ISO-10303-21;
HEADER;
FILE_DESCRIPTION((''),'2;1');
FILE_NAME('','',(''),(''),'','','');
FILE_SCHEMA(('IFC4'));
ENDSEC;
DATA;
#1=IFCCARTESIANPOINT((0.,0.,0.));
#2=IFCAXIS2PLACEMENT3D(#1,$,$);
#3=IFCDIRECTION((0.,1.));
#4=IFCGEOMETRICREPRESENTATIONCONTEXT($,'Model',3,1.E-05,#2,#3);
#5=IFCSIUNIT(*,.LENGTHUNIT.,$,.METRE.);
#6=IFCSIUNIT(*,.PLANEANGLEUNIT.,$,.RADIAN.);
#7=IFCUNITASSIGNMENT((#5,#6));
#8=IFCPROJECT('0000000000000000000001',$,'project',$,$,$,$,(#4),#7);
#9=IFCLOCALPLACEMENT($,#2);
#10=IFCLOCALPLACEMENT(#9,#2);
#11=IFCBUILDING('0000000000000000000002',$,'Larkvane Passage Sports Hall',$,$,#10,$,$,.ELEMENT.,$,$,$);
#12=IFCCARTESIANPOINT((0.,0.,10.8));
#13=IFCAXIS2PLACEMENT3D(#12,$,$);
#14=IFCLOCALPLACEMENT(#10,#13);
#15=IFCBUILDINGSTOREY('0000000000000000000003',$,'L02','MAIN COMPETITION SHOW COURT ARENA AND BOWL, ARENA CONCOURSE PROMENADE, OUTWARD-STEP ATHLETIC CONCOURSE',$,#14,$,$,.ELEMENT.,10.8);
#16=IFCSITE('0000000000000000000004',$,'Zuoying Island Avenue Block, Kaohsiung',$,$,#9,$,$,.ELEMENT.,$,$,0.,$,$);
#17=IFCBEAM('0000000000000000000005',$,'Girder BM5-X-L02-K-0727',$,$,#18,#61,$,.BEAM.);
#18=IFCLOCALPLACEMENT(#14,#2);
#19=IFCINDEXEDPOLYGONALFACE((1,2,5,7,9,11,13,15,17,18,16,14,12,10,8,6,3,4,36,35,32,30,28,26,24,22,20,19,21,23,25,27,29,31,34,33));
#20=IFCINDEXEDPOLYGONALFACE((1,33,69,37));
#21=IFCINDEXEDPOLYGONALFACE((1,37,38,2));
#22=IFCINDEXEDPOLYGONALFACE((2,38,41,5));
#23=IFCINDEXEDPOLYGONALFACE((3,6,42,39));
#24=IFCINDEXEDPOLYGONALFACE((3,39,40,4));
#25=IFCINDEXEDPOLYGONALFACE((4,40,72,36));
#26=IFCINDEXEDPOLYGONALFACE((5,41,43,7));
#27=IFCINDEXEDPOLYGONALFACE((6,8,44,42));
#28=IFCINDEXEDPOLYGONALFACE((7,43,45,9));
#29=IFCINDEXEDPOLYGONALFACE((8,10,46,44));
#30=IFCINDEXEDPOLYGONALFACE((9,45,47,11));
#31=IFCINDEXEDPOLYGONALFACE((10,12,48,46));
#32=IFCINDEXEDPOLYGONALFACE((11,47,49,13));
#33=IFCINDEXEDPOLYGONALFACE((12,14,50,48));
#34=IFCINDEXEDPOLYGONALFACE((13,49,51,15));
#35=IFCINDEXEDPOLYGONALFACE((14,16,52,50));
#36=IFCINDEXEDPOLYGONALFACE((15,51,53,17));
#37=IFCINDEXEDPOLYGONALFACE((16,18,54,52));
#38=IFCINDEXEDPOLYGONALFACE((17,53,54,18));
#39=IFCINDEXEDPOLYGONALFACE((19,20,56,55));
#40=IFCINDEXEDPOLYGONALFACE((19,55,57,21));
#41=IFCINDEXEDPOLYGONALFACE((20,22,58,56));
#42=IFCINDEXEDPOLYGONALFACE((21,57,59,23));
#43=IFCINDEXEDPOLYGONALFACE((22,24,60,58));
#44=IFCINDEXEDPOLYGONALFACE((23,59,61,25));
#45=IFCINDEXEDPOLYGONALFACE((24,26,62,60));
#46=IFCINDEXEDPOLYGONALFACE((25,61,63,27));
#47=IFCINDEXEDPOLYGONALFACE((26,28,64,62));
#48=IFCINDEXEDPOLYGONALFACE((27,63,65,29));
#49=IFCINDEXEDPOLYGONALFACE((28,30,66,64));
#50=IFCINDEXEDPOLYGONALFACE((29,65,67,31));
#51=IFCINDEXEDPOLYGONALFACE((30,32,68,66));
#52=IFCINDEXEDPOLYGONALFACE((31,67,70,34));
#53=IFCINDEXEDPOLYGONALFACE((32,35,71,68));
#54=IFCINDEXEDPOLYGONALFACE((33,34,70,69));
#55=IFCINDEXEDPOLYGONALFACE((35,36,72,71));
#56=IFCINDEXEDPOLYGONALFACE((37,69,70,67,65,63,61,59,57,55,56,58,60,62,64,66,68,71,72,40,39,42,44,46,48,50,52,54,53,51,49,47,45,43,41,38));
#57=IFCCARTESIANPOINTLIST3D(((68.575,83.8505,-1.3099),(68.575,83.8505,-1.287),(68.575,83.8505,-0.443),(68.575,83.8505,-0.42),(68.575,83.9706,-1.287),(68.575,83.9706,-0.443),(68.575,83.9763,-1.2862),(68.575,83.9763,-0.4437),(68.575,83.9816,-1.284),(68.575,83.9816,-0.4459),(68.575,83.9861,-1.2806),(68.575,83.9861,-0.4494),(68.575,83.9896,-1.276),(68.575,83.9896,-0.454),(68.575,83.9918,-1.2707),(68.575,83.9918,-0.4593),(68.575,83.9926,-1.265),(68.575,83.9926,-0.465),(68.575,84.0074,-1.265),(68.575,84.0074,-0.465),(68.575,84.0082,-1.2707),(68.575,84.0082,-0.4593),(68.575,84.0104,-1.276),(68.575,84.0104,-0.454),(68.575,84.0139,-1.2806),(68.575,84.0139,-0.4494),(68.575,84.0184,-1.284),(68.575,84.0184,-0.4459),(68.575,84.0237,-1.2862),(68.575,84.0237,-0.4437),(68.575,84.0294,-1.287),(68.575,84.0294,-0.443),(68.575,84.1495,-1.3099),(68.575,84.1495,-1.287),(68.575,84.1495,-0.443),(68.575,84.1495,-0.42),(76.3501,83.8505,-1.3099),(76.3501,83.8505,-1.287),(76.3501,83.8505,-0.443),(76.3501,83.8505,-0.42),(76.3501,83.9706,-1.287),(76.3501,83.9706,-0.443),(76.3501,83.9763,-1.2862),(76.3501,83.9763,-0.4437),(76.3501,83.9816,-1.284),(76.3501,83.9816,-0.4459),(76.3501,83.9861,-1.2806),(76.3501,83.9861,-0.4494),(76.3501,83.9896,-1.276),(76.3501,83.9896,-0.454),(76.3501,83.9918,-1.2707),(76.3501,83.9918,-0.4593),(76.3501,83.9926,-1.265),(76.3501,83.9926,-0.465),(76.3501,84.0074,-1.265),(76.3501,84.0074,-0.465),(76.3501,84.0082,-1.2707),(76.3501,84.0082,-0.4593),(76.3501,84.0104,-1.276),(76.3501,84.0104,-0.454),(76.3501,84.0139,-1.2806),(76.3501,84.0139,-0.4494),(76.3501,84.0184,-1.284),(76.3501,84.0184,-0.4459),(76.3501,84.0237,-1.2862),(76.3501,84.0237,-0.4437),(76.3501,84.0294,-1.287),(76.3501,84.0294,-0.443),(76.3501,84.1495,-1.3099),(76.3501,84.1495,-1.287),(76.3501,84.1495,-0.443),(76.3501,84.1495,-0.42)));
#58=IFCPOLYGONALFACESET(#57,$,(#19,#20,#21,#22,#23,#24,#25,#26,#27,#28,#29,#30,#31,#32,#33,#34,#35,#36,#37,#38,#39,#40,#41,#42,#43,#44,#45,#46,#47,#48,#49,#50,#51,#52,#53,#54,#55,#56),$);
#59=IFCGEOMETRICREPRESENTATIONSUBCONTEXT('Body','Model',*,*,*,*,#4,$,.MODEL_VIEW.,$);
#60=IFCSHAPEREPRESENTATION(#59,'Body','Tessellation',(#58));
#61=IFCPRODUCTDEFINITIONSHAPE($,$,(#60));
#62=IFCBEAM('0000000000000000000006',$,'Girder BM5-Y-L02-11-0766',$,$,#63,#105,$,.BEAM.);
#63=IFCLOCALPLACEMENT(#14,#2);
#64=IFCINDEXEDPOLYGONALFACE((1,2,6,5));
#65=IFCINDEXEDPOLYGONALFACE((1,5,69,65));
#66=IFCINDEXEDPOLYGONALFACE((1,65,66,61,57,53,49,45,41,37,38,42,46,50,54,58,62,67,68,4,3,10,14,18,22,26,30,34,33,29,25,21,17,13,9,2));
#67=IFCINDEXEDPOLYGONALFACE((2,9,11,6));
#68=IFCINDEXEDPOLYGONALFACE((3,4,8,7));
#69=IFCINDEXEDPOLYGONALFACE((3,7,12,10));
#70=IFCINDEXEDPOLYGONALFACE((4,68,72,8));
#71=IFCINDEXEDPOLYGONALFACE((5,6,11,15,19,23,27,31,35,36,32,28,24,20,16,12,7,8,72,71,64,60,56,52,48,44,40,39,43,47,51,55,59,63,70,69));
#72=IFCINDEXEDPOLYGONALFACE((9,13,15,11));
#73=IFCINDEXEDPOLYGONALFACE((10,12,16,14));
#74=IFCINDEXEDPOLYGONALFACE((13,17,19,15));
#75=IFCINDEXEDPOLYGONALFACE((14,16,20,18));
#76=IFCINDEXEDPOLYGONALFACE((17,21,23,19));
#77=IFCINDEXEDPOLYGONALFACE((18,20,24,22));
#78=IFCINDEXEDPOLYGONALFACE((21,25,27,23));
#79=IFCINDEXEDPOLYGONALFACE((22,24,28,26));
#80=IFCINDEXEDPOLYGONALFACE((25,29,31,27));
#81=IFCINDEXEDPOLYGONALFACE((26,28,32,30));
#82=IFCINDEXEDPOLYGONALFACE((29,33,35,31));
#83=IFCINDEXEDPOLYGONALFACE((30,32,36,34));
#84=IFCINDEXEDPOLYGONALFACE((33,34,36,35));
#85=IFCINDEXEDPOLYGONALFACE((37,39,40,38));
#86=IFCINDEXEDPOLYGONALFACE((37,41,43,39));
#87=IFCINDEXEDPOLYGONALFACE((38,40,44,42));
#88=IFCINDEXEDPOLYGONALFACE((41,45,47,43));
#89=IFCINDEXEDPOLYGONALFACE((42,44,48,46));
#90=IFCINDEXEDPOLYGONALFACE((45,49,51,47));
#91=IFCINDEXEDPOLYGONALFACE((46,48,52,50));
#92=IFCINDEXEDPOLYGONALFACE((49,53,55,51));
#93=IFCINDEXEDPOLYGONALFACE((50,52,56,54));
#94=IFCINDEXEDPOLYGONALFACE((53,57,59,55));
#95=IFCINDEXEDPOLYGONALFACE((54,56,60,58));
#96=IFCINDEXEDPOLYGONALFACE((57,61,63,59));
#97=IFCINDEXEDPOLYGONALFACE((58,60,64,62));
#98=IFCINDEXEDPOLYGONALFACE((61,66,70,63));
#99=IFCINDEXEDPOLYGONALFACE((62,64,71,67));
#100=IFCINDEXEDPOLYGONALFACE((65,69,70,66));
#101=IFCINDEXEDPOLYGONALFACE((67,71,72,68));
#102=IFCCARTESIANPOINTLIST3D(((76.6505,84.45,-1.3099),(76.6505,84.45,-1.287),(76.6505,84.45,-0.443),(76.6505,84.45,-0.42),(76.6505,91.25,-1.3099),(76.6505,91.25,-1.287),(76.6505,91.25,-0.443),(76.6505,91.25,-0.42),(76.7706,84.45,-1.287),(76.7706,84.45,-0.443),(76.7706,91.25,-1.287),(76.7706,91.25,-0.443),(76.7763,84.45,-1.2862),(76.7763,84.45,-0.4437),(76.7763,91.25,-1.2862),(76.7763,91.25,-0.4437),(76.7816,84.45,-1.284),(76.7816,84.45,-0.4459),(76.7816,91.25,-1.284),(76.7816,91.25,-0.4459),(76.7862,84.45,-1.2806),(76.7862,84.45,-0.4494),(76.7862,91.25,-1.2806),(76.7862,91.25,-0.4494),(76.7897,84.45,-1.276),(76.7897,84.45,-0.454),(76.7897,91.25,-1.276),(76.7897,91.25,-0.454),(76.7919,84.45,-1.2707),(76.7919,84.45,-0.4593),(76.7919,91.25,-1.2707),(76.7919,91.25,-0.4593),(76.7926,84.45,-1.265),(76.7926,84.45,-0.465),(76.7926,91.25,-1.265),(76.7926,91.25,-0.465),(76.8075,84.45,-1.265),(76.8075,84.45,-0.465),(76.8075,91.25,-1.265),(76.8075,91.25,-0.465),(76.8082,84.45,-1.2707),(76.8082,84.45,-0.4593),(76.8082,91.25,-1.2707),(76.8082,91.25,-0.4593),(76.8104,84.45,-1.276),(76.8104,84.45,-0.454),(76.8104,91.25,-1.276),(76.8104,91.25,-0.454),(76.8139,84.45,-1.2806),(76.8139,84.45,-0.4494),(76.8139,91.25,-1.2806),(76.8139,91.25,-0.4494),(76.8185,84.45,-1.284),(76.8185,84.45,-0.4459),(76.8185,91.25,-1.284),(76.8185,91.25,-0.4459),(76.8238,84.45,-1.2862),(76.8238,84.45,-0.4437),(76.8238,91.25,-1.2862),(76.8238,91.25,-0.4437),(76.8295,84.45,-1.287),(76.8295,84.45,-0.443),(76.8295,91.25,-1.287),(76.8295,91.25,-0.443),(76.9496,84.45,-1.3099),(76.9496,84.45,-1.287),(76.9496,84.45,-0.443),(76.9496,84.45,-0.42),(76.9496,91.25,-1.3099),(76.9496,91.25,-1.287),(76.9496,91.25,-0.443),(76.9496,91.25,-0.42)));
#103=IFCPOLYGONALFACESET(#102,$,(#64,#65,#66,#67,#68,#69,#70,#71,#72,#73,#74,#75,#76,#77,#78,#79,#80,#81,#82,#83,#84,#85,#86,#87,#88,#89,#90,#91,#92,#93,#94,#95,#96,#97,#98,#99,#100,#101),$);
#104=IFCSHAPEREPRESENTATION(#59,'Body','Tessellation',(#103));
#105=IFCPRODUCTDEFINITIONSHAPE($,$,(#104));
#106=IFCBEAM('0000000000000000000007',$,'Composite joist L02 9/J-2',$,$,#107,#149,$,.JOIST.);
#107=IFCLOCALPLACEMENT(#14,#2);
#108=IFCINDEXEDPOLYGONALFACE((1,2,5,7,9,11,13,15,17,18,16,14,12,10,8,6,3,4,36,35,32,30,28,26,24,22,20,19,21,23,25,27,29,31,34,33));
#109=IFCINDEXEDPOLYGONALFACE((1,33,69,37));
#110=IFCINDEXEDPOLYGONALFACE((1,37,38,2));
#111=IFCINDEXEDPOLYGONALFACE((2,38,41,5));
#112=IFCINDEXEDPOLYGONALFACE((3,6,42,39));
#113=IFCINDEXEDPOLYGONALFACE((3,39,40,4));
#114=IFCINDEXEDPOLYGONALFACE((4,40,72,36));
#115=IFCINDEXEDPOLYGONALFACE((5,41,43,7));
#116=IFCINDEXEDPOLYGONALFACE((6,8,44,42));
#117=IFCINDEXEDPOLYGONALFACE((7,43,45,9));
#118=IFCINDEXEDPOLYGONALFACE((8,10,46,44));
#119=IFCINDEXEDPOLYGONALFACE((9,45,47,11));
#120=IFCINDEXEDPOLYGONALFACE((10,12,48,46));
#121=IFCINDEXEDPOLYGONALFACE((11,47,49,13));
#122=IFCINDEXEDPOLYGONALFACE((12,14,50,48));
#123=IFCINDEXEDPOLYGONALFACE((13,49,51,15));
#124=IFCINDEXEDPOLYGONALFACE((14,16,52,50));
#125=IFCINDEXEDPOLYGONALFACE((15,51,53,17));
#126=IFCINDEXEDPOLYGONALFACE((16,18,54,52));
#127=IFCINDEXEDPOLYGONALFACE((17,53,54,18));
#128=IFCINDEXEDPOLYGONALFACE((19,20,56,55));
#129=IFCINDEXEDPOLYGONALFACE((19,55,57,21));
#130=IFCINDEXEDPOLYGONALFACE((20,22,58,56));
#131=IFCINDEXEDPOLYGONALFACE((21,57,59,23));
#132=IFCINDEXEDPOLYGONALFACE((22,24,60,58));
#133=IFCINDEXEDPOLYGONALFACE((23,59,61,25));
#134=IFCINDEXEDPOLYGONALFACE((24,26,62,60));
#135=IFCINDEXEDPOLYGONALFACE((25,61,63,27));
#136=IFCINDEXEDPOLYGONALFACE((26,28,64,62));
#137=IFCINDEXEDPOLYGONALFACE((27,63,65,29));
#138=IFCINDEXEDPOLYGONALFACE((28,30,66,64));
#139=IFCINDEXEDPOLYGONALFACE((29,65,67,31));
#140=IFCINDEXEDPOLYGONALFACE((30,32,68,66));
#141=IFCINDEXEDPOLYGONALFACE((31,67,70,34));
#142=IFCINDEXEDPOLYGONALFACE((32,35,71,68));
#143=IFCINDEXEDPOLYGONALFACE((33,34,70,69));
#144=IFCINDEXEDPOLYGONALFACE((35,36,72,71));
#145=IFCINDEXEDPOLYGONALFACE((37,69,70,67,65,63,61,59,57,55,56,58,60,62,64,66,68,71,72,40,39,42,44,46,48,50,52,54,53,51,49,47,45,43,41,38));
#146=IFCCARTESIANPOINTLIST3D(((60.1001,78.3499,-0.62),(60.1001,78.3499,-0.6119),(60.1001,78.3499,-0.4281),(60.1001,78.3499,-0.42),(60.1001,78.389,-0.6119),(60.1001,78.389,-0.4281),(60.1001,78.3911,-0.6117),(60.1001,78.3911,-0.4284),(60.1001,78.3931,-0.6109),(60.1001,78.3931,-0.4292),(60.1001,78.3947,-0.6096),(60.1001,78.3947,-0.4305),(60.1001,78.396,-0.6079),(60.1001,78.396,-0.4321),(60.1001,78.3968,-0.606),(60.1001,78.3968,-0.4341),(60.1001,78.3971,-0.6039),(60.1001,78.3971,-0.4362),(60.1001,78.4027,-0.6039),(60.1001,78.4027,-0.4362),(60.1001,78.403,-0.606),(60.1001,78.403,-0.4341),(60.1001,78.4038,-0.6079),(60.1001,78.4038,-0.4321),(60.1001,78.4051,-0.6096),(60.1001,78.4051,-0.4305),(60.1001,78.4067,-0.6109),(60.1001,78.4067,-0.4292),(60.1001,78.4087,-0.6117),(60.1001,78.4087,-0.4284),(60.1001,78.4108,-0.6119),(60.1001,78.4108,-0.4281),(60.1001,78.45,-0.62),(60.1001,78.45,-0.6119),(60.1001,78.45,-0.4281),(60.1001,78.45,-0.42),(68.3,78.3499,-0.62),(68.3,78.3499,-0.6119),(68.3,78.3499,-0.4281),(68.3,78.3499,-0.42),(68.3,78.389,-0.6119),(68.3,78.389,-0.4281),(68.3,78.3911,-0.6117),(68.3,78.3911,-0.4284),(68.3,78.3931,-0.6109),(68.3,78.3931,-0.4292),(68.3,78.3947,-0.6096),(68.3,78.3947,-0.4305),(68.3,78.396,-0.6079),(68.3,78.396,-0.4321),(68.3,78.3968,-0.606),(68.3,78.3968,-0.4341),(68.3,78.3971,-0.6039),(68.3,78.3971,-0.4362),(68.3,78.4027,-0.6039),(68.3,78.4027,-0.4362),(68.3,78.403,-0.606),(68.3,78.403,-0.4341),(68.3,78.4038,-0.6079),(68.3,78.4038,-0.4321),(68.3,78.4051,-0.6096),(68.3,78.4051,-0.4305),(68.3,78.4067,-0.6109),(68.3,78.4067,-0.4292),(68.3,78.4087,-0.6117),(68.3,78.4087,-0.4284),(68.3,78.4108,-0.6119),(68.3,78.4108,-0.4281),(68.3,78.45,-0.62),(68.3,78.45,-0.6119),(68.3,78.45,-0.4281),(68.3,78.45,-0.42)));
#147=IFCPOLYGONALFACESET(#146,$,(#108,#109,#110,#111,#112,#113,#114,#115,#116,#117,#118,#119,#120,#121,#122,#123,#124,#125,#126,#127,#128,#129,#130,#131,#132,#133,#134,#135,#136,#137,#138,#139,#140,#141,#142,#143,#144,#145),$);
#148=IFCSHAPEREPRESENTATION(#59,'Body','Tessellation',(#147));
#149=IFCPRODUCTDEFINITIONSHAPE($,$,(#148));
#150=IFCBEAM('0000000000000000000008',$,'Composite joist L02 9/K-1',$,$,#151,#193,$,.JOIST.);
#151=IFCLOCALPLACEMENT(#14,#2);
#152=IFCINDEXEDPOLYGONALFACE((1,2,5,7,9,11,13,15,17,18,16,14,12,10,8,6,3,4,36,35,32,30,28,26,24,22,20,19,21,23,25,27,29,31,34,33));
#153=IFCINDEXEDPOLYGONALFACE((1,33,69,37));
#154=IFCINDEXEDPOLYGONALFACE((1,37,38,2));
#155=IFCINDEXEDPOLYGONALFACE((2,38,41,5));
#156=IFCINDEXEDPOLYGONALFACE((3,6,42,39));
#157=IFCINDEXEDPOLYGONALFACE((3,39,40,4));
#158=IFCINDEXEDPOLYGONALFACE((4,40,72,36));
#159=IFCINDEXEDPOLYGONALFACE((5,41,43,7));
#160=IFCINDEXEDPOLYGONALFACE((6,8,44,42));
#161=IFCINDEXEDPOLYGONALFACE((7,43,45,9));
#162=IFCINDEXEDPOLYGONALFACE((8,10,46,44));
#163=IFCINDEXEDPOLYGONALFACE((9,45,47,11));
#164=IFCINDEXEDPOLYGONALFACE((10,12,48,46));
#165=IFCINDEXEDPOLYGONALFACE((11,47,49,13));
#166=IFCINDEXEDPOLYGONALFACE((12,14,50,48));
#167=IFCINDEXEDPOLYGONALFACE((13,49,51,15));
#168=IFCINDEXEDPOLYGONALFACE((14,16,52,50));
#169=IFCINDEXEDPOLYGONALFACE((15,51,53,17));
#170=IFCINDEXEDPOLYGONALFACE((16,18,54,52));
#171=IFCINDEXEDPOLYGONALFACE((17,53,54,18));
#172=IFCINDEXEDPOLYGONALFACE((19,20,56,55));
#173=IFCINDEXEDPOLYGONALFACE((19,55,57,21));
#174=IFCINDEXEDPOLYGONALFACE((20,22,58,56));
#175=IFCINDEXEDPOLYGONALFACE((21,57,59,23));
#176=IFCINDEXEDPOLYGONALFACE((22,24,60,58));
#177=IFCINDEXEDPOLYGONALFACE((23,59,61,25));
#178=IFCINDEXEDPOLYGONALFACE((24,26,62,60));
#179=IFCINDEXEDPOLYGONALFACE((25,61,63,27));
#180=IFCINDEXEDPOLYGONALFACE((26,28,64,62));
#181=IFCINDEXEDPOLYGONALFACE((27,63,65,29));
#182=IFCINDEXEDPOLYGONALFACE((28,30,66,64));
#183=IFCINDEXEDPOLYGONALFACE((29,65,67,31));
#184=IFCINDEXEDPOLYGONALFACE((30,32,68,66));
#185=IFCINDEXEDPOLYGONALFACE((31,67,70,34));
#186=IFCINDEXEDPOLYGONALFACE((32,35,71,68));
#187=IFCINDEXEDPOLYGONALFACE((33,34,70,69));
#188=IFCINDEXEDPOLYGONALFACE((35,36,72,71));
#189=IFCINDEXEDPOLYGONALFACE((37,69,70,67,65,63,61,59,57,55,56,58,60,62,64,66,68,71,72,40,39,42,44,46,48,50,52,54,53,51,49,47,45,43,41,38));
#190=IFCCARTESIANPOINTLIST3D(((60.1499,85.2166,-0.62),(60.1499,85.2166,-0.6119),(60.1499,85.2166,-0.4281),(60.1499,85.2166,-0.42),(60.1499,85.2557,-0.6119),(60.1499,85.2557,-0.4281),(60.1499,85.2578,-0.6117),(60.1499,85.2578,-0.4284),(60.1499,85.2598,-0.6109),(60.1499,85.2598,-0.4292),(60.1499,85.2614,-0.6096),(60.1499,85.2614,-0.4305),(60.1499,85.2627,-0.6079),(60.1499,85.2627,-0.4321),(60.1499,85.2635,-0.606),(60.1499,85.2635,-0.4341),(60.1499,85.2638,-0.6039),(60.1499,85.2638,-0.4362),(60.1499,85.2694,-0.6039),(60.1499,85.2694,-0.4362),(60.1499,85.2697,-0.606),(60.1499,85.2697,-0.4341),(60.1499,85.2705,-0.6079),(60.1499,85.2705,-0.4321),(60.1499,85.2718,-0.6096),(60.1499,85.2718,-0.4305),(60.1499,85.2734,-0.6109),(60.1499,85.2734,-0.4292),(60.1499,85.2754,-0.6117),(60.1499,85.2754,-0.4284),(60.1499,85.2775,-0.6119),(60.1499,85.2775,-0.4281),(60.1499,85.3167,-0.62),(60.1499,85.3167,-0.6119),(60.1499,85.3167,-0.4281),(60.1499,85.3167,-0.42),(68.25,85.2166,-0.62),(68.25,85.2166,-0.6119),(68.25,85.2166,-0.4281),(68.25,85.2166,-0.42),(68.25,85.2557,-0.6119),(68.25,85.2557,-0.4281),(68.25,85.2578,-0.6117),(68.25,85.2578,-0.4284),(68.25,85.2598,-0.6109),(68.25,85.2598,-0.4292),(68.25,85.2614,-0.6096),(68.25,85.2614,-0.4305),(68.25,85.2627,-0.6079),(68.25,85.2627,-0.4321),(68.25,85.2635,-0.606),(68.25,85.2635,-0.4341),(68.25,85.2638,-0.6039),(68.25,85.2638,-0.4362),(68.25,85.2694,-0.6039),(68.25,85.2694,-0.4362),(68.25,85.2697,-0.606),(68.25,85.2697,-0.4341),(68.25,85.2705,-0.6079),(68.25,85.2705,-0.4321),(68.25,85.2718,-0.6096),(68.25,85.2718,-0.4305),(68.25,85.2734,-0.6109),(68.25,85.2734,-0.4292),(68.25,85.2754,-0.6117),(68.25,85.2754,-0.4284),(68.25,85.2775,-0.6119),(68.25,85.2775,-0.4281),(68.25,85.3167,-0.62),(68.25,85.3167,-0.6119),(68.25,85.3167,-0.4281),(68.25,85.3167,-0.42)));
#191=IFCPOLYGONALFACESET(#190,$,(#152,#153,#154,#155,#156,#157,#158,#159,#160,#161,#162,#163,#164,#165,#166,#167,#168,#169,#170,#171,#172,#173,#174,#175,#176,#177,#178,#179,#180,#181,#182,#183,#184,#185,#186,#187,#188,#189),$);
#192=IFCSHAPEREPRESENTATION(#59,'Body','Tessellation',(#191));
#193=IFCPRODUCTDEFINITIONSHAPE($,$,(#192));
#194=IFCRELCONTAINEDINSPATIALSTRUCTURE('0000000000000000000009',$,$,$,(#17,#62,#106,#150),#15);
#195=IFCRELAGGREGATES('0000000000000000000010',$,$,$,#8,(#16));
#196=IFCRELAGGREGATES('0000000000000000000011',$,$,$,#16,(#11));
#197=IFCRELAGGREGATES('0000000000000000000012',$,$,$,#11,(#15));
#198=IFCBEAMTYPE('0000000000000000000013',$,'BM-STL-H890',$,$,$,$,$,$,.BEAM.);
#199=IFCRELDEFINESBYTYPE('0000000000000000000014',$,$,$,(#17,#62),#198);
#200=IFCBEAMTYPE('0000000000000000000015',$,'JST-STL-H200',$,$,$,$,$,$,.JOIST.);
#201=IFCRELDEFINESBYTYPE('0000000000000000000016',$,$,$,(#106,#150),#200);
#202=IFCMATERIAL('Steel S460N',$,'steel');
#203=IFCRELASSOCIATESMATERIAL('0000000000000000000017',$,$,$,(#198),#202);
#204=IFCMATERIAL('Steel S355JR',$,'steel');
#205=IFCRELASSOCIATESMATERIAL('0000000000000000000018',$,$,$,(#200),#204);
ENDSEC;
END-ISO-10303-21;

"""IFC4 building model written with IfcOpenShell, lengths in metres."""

from ifc_helpers import new_model, si_unit, direction, frame, origin, origin_2d, place, context, subcontext, project, spatial, i_section, extrude, material, material_profile, profile_set, type_object, element, save


model = new_model("IFC4")

# Units and contexts
model_context = context("Model", 3, precision=1e-05, world=origin(), true_north=direction((0.0, 1.0)))
body_context = subcontext(model_context, "Body", "Model", "MODEL_VIEW")
ifc_project = project(units=[si_unit("LENGTHUNIT", "METRE"), si_unit("PLANEANGLEUNIT", "RADIAN")], contexts=[model_context])

# Site, building, storey
site_placement = place(None, origin())
site = spatial("IfcSite", under=ifc_project, at=site_placement, Name="Zuoying Island Avenue Block, Kaohsiung", CompositionType="ELEMENT", RefElevation=0.0)
building_placement = place(site_placement, origin())
building = spatial("IfcBuilding", under=site, at=building_placement, Name="Larkvane Passage Sports Hall", CompositionType="ELEMENT")
storey_placement = place(building_placement, frame((0.0, 0.0, 10.8)))
storey = spatial("IfcBuildingStorey", under=building, at=storey_placement, Name="L02", Description="MAIN COMPETITION SHOW COURT ARENA AND BOWL, ARENA CONCOURSE PROMENADE, OUTWARD-STEP ATHLETIC CONCOURSE", CompositionType="ELEMENT", Elevation=10.8)

# Shared definitions
ifc_material_1 = material(Name="Steel S355JR", Category="steel")

# Beams
ifc_material_2 = material(Name="Steel S460N", Category="steel")
ifc_material_profile_1 = material_profile(ifc_material_2, i_section(OverallWidth=0.2991, OverallDepth=0.8899, WebThickness=0.0149, FlangeThickness=0.0229, FilletRadius=0.022, at=origin_2d()), Name="H-890x299x15x23")
ifc_profile_set_1 = profile_set([ifc_material_profile_1], Name="Steel S460N")
beam_type_1 = type_object("IfcBeamType", Name="BM-STL-H890", PredefinedType="BEAM", material=ifc_profile_set_1)
beam_1_placement = place(storey_placement, frame((68.575, 84.0, -0.865), z_axis=(1.0, 0.0, 0.0), x_axis=(0.0, 1.0, 0.0)))
element("IfcBeam", 1, at=beam_1_placement, inside=storey, type_object=beam_type_1, Name="Girder BM5-X-L02-K-0727", PredefinedType="BEAM", context=body_context, shape_type="SweptSolid", body=[
    extrude(i_section(OverallWidth=0.2991, OverallDepth=0.8899, WebThickness=0.0149, FlangeThickness=0.0229, FilletRadius=0.022, at=origin_2d()), origin(), (0.0, 0.0, 1.0), 7.7751),
])
beam_2_placement = place(storey_placement, frame((76.8, 84.45, -0.865), z_axis=(0.0, 1.0, 0.0), x_axis=(-1.0, 0.0, 0.0)))
element("IfcBeam", 2, at=beam_2_placement, inside=storey, type_object=beam_type_1, Name="Girder BM5-Y-L02-11-0766", PredefinedType="BEAM", context=body_context, shape_type="SweptSolid", body=[
    extrude(i_section(OverallWidth=0.2991, OverallDepth=0.8899, WebThickness=0.0149, FlangeThickness=0.0229, FilletRadius=0.022, at=origin_2d()), origin(), (0.0, 0.0, 1.0), 6.8),
])
ifc_material_profile_2 = material_profile(ifc_material_1, i_section(OverallWidth=0.1001, OverallDepth=0.2, WebThickness=0.0056, FlangeThickness=0.0081, FilletRadius=0.0081, at=origin_2d()), Name="H-200x100x5.5x8")
ifc_profile_set_2 = profile_set([ifc_material_profile_2], Name="Steel S355JR")
beam_type_2 = type_object("IfcBeamType", Name="JST-STL-H200", PredefinedType="JOIST", material=ifc_profile_set_2)
beam_3_placement = place(storey_placement, frame((60.1001, 78.3999, -0.52), z_axis=(1.0, 0.0, 0.0), x_axis=(0.0, 1.0, 0.0)))
element("IfcBeam", 3, at=beam_3_placement, inside=storey, type_object=beam_type_2, Name="Composite joist L02 9/J-2", PredefinedType="JOIST", context=body_context, shape_type="SweptSolid", body=[
    extrude(i_section(OverallWidth=0.1001, OverallDepth=0.2, WebThickness=0.0056, FlangeThickness=0.0081, FilletRadius=0.0081, at=origin_2d()), origin(), (0.0, 0.0, 1.0), 8.2),
])
beam_4_placement = place(storey_placement, frame((60.1499, 85.2666, -0.52), z_axis=(1.0, 0.0, 0.0), x_axis=(0.0, 1.0, 0.0)))
element("IfcBeam", 4, at=beam_4_placement, inside=storey, type_object=beam_type_2, Name="Composite joist L02 9/K-1", PredefinedType="JOIST", context=body_context, shape_type="SweptSolid", body=[
    extrude(i_section(OverallWidth=0.1001, OverallDepth=0.2, WebThickness=0.0056, FlangeThickness=0.0081, FilletRadius=0.0081, at=origin_2d()), origin(), (0.0, 0.0, 1.0), 8.1001),
])

save(model, "model.ifc")
